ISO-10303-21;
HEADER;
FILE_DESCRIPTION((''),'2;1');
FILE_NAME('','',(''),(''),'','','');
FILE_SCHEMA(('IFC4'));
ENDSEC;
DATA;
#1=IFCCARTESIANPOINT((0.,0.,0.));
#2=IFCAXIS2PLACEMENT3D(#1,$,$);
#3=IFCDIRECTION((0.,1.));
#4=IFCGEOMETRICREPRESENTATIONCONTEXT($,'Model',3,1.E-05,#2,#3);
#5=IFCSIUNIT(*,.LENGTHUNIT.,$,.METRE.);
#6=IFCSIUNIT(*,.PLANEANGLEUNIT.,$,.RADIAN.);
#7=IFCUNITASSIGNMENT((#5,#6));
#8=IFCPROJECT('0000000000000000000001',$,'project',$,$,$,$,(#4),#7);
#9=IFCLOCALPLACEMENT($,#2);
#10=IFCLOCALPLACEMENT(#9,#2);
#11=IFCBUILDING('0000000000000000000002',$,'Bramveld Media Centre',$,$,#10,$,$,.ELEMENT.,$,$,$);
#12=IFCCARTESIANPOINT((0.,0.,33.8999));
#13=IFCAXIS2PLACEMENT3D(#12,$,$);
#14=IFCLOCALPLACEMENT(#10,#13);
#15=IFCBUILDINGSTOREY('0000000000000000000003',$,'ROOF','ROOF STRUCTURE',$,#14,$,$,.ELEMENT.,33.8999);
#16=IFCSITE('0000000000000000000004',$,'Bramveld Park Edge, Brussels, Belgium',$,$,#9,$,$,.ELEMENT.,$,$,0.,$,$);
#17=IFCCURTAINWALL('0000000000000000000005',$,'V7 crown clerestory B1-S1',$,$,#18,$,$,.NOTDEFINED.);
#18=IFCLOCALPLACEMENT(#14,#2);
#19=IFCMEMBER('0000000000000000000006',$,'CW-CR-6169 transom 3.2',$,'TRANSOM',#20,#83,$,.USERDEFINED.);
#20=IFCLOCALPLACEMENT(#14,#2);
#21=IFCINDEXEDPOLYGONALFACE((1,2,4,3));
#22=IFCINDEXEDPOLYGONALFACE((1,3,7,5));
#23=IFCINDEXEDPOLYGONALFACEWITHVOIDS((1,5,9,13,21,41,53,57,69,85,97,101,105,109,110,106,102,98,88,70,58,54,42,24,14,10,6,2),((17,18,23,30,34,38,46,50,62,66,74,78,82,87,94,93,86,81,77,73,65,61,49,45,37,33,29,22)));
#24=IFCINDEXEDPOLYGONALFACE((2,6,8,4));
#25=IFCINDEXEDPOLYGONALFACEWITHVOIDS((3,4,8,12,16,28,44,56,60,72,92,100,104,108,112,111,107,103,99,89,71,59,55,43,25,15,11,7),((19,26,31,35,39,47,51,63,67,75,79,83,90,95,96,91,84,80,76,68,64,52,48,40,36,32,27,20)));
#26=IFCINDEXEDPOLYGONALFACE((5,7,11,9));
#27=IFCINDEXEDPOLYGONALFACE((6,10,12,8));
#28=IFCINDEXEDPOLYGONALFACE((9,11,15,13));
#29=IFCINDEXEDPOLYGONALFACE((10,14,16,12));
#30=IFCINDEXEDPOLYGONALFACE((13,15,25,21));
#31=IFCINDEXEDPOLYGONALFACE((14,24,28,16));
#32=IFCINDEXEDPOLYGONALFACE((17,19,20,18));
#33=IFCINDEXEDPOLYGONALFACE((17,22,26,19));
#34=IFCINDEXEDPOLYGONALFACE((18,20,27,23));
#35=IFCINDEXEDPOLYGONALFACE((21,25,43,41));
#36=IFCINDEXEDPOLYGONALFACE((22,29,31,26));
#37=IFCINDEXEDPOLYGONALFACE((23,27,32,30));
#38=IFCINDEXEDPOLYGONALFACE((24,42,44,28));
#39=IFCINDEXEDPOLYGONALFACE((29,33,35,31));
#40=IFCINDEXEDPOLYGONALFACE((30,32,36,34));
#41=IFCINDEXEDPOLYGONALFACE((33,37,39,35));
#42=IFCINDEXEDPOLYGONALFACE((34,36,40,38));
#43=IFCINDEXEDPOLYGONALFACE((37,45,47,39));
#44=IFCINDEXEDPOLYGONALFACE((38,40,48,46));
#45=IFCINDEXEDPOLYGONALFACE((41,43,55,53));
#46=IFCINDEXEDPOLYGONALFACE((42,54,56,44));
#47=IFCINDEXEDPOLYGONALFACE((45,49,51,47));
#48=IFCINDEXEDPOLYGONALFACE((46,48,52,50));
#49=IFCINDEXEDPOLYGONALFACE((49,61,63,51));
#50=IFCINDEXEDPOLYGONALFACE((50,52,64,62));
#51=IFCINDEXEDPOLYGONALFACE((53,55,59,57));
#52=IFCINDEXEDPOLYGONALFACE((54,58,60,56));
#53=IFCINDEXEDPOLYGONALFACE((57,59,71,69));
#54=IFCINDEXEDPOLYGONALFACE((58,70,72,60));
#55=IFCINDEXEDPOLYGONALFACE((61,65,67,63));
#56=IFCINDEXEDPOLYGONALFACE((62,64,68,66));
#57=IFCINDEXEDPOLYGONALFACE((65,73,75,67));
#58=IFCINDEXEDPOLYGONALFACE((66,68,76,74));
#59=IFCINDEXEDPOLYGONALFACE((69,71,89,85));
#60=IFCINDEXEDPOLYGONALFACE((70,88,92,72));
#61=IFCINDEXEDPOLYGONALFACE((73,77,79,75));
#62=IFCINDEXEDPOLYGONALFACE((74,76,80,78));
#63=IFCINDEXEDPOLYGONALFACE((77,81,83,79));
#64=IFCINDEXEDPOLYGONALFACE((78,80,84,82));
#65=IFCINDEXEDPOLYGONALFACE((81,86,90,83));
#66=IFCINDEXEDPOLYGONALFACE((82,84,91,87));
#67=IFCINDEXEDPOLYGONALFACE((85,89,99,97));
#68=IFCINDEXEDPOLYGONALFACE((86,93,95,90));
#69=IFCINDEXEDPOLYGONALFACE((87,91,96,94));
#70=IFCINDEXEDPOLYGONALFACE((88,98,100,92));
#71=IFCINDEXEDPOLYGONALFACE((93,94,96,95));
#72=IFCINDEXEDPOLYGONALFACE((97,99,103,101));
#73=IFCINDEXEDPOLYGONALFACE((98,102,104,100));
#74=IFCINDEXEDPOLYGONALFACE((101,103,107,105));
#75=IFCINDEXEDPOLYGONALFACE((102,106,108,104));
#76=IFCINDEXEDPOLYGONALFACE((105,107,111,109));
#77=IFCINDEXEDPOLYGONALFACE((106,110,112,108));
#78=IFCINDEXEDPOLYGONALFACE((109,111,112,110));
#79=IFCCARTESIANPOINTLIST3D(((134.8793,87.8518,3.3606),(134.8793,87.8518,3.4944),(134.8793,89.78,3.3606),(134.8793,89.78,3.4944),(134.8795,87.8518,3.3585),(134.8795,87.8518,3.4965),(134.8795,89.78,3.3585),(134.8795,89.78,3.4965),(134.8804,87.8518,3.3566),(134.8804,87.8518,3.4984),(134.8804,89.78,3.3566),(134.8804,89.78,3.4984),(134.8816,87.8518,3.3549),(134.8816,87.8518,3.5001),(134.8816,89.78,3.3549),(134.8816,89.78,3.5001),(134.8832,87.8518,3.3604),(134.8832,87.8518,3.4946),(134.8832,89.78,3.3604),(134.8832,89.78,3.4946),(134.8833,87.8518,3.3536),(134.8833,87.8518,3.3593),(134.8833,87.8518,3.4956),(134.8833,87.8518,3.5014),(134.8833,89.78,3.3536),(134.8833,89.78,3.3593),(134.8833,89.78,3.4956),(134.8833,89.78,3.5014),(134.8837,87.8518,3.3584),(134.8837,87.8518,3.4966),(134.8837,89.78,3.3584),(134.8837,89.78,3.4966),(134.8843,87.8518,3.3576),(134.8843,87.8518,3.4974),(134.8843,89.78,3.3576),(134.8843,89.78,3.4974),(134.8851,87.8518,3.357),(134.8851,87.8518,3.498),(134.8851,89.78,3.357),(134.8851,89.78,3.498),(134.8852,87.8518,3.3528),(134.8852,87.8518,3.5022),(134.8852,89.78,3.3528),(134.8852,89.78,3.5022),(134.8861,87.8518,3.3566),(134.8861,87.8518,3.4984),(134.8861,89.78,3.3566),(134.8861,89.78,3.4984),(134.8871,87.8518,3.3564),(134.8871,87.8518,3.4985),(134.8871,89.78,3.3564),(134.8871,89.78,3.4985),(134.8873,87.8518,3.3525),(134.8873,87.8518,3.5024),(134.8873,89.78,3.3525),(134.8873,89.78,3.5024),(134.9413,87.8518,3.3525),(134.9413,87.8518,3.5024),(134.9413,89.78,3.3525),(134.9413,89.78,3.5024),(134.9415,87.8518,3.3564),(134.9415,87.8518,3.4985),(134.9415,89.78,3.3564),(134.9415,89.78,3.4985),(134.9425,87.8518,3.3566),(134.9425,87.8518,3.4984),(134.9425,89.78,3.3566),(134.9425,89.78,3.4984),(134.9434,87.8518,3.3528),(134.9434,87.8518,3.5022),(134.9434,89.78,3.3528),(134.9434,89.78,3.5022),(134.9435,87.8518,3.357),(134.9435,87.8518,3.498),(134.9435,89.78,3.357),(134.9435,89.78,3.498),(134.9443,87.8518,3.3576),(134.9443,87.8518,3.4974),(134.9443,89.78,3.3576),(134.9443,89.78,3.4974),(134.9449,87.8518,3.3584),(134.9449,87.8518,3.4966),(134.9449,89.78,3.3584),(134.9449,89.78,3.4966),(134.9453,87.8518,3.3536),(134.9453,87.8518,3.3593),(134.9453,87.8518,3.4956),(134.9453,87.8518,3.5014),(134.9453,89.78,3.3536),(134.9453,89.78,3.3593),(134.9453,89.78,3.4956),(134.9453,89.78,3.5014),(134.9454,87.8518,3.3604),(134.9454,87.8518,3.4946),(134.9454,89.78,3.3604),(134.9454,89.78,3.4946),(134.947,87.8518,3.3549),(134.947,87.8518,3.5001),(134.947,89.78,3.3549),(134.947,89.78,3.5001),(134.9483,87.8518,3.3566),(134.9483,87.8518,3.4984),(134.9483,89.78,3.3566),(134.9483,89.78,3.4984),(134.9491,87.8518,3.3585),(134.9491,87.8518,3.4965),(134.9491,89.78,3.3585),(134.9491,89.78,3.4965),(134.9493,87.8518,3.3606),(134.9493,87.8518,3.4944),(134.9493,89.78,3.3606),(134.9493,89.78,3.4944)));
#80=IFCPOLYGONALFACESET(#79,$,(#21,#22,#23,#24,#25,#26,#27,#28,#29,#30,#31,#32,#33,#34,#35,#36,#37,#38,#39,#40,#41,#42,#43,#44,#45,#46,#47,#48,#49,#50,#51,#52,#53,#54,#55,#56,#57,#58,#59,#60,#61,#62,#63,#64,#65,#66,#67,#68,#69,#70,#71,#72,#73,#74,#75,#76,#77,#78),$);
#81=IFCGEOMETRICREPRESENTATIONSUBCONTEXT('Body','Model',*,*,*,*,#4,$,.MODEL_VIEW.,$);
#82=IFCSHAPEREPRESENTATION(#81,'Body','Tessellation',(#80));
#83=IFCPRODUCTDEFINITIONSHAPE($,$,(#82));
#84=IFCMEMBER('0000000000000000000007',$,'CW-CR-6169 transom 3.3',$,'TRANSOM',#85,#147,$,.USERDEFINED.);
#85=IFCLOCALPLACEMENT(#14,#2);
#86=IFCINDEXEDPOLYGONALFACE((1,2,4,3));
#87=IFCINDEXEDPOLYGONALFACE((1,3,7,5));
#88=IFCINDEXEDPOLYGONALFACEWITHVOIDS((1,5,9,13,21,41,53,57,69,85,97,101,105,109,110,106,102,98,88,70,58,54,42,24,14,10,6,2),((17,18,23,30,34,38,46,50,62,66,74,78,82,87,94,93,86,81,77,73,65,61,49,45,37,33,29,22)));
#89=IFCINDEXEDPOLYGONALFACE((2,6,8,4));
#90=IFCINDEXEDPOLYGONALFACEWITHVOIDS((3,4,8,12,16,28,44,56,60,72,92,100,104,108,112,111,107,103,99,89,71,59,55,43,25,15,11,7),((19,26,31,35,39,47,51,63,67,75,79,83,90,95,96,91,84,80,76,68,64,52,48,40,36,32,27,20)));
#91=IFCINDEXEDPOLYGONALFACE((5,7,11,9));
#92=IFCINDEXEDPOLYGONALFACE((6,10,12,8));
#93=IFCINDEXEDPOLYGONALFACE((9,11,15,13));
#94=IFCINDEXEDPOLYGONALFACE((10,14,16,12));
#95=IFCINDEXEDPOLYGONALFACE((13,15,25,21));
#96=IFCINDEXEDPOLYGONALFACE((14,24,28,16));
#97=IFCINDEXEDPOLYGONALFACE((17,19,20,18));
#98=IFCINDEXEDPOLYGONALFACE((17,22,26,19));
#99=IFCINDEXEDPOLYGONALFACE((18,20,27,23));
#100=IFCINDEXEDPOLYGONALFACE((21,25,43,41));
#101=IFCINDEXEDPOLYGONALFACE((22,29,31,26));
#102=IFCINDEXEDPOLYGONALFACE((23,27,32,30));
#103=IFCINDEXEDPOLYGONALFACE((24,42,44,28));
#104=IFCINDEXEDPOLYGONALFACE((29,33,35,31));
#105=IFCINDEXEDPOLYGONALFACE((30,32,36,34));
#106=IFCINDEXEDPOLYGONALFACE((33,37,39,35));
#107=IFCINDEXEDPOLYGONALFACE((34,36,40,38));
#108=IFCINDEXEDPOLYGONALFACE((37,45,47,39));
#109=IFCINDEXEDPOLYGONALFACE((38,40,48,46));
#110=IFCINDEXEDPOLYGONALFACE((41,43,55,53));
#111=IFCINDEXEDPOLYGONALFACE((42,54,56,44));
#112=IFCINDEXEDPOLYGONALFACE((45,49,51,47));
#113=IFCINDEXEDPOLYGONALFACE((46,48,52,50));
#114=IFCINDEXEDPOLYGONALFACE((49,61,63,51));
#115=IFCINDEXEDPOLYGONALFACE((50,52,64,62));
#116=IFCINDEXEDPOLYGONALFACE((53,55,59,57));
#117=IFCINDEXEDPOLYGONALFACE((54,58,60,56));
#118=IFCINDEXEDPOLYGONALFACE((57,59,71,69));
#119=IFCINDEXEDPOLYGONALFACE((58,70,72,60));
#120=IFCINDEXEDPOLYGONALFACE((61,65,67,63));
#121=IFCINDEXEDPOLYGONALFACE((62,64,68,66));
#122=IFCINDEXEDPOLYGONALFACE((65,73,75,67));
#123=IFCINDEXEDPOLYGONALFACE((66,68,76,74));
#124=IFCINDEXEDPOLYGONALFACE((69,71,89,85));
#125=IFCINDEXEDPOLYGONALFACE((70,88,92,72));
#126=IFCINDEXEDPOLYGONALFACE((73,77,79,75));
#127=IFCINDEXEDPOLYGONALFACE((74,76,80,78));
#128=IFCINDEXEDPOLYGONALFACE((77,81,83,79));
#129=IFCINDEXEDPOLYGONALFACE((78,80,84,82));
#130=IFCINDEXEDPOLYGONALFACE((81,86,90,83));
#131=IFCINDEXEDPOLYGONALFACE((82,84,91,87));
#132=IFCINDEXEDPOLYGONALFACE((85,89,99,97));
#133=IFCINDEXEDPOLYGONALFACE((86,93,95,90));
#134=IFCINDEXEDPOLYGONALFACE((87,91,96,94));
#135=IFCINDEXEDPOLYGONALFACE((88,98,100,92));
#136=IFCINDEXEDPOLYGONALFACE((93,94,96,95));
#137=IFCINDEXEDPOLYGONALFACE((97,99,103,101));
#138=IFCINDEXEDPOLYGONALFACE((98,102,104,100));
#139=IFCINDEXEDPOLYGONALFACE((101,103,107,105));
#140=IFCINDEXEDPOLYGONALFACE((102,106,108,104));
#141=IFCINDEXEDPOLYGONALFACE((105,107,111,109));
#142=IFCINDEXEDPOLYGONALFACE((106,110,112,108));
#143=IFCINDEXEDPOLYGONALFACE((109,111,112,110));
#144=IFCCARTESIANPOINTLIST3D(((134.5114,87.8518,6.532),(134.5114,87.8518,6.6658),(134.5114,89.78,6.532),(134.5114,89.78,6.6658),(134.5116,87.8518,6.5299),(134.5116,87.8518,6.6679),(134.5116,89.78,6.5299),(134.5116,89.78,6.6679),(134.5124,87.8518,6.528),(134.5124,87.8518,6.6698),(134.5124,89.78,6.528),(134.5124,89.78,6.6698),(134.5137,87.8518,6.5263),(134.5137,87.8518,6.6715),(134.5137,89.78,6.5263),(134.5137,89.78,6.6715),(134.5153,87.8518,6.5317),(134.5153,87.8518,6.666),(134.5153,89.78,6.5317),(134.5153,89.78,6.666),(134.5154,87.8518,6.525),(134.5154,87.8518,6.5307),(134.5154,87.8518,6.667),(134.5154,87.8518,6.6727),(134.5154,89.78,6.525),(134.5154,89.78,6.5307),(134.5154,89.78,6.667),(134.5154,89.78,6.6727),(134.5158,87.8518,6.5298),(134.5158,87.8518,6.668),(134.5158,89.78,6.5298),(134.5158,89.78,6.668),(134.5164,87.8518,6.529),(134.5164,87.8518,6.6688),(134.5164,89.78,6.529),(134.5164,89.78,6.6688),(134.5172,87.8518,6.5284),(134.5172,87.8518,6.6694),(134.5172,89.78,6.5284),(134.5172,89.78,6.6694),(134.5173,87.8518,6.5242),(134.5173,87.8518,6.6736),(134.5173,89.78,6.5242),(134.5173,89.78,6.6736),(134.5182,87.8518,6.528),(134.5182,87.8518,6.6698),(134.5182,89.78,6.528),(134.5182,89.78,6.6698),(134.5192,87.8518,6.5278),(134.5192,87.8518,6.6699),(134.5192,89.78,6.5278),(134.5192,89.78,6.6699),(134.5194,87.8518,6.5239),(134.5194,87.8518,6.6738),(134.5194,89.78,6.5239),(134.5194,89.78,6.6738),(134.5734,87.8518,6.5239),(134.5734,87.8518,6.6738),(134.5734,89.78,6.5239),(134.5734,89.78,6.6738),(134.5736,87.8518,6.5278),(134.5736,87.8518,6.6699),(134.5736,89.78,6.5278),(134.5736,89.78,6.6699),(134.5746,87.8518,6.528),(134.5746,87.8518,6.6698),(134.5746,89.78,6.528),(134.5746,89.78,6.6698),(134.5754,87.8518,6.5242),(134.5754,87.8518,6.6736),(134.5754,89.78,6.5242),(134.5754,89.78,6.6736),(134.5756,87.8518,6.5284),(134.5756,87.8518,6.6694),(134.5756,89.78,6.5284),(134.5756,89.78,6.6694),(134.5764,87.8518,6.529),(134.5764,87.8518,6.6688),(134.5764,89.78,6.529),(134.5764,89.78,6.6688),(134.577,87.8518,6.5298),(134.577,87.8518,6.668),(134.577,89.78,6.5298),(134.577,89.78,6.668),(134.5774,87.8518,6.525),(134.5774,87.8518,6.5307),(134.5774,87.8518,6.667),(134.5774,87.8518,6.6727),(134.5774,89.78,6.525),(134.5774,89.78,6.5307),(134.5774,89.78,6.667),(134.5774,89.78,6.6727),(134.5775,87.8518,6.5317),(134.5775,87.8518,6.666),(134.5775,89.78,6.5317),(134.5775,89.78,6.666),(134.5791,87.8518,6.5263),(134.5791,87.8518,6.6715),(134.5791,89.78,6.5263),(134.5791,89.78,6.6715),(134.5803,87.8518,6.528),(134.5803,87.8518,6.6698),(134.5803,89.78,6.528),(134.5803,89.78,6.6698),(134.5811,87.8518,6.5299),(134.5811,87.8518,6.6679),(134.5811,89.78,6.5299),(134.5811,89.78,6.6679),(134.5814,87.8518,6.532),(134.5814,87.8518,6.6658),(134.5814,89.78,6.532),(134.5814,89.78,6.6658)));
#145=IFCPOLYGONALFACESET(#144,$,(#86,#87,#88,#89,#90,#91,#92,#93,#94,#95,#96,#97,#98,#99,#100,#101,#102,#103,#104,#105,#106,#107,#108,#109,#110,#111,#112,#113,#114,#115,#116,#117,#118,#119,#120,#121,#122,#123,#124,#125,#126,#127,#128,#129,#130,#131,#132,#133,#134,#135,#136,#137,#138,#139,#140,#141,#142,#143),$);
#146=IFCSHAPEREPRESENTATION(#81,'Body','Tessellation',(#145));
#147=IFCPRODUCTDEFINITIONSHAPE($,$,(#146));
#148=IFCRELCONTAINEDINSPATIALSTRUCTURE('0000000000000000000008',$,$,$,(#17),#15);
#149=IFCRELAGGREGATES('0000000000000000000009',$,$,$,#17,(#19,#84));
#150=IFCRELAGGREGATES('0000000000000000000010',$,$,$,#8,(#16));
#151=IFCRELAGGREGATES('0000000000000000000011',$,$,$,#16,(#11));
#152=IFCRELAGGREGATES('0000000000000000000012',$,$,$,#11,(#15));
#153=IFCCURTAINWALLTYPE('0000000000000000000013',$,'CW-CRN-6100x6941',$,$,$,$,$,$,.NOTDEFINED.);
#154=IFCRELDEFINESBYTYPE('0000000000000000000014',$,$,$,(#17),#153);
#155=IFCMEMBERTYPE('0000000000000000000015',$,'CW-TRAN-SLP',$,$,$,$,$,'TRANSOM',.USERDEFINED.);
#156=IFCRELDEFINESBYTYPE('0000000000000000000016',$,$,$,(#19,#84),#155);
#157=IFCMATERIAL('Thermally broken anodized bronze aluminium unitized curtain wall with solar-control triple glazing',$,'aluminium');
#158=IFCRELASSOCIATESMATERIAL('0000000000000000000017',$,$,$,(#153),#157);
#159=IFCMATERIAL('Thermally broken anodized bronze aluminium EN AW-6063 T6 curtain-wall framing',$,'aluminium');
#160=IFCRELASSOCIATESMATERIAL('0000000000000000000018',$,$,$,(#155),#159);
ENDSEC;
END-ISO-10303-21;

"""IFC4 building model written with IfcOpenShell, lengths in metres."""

from ifc_helpers import new_model, si_unit, direction, frame, origin, origin_2d, place, context, subcontext, project, spatial, hollow_rectangle, extrude, material, material_profile, profile_set, type_object, element, aggregate, save


model = new_model("IFC4")

# Units and contexts
model_context = context("Model", 3, precision=1e-05, world=origin(), true_north=direction((0.0, 1.0)))
body_context = subcontext(model_context, "Body", "Model", "MODEL_VIEW")
ifc_project = project(units=[si_unit("LENGTHUNIT", "METRE"), si_unit("PLANEANGLEUNIT", "RADIAN")], contexts=[model_context])

# Site, building, storey
site_placement = place(None, origin())
site = spatial("IfcSite", under=ifc_project, at=site_placement, Name="Bramveld Park Edge, Brussels, Belgium", CompositionType="ELEMENT", RefElevation=0.0)
building_placement = place(site_placement, origin())
building = spatial("IfcBuilding", under=site, at=building_placement, Name="Bramveld Media Centre", CompositionType="ELEMENT")
storey_placement = place(building_placement, frame((0.0, 0.0, 33.8999)))
storey = spatial("IfcBuildingStorey", under=building, at=storey_placement, Name="ROOF", Description="ROOF STRUCTURE", CompositionType="ELEMENT", Elevation=33.8999)

# Curtain wall, members
ifc_material_1 = material(Name="Thermally broken anodized bronze aluminium unitized curtain wall with solar-control triple glazing", Category="aluminium")
curtain_wall_type = type_object("IfcCurtainWallType", Name="CW-CRN-6100x6941", PredefinedType="NOTDEFINED", material=ifc_material_1)
curtain_wall_placement = place(storey_placement, origin())
curtain_wall = element("IfcCurtainWall", 1, at=curtain_wall_placement, inside=storey, type_object=curtain_wall_type, Name="V7 crown clerestory B1-S1", PredefinedType="NOTDEFINED")
ifc_material_2 = material(Name="Thermally broken anodized bronze aluminium EN AW-6063 T6 curtain-wall framing", Category="aluminium")
ifc_material_profile_1 = material_profile(ifc_material_2, hollow_rectangle(XDim=0.0701, YDim=0.1499, WallThickness=0.0039, InnerFilletRadius=0.0039, OuterFilletRadius=0.0081, at=origin_2d()), Name="AL-TRAN 70x150")
ifc_profile_set_1 = profile_set([ifc_material_profile_1], Name="Thermally broken anodized bronze aluminium EN AW-6063 T6 curtain-wall framing")
member_type_1 = type_object("IfcMemberType", Name="CW-TRAN-SLP", ElementType="TRANSOM", PredefinedType="USERDEFINED", material=ifc_profile_set_1)
member_1_placement = place(storey_placement, frame((134.9143, 87.8518, 3.4275), z_axis=(0.0, 1.0, 0.0), x_axis=(-1.0, 0.0, 0.0)))
member_1 = element("IfcMember", 2, at=member_1_placement, type_object=member_type_1, Name="CW-CR-6169 transom 3.2", ObjectType="TRANSOM", PredefinedType="USERDEFINED", context=body_context, shape_type="SweptSolid", body=[
    extrude(hollow_rectangle(XDim=0.0701, YDim=0.1499, WallThickness=0.0039, InnerFilletRadius=0.0039, OuterFilletRadius=0.0081, at=origin_2d()), origin(), (0.0, 0.0, 1.0), 1.9282),
])
member_2_placement = place(storey_placement, frame((134.5464, 87.8518, 6.5989), z_axis=(0.0, 1.0, 0.0), x_axis=(-1.0, 0.0, 0.0)))
member_2 = element("IfcMember", 3, at=member_2_placement, type_object=member_type_1, Name="CW-CR-6169 transom 3.3", ObjectType="TRANSOM", PredefinedType="USERDEFINED", context=body_context, shape_type="SweptSolid", body=[
    extrude(hollow_rectangle(XDim=0.0701, YDim=0.1499, WallThickness=0.0039, InnerFilletRadius=0.0039, OuterFilletRadius=0.0081, at=origin_2d()), origin(), (0.0, 0.0, 1.0), 1.9282),
])

aggregate(curtain_wall, [member_1, member_2])

save(model, "model.ifc")
